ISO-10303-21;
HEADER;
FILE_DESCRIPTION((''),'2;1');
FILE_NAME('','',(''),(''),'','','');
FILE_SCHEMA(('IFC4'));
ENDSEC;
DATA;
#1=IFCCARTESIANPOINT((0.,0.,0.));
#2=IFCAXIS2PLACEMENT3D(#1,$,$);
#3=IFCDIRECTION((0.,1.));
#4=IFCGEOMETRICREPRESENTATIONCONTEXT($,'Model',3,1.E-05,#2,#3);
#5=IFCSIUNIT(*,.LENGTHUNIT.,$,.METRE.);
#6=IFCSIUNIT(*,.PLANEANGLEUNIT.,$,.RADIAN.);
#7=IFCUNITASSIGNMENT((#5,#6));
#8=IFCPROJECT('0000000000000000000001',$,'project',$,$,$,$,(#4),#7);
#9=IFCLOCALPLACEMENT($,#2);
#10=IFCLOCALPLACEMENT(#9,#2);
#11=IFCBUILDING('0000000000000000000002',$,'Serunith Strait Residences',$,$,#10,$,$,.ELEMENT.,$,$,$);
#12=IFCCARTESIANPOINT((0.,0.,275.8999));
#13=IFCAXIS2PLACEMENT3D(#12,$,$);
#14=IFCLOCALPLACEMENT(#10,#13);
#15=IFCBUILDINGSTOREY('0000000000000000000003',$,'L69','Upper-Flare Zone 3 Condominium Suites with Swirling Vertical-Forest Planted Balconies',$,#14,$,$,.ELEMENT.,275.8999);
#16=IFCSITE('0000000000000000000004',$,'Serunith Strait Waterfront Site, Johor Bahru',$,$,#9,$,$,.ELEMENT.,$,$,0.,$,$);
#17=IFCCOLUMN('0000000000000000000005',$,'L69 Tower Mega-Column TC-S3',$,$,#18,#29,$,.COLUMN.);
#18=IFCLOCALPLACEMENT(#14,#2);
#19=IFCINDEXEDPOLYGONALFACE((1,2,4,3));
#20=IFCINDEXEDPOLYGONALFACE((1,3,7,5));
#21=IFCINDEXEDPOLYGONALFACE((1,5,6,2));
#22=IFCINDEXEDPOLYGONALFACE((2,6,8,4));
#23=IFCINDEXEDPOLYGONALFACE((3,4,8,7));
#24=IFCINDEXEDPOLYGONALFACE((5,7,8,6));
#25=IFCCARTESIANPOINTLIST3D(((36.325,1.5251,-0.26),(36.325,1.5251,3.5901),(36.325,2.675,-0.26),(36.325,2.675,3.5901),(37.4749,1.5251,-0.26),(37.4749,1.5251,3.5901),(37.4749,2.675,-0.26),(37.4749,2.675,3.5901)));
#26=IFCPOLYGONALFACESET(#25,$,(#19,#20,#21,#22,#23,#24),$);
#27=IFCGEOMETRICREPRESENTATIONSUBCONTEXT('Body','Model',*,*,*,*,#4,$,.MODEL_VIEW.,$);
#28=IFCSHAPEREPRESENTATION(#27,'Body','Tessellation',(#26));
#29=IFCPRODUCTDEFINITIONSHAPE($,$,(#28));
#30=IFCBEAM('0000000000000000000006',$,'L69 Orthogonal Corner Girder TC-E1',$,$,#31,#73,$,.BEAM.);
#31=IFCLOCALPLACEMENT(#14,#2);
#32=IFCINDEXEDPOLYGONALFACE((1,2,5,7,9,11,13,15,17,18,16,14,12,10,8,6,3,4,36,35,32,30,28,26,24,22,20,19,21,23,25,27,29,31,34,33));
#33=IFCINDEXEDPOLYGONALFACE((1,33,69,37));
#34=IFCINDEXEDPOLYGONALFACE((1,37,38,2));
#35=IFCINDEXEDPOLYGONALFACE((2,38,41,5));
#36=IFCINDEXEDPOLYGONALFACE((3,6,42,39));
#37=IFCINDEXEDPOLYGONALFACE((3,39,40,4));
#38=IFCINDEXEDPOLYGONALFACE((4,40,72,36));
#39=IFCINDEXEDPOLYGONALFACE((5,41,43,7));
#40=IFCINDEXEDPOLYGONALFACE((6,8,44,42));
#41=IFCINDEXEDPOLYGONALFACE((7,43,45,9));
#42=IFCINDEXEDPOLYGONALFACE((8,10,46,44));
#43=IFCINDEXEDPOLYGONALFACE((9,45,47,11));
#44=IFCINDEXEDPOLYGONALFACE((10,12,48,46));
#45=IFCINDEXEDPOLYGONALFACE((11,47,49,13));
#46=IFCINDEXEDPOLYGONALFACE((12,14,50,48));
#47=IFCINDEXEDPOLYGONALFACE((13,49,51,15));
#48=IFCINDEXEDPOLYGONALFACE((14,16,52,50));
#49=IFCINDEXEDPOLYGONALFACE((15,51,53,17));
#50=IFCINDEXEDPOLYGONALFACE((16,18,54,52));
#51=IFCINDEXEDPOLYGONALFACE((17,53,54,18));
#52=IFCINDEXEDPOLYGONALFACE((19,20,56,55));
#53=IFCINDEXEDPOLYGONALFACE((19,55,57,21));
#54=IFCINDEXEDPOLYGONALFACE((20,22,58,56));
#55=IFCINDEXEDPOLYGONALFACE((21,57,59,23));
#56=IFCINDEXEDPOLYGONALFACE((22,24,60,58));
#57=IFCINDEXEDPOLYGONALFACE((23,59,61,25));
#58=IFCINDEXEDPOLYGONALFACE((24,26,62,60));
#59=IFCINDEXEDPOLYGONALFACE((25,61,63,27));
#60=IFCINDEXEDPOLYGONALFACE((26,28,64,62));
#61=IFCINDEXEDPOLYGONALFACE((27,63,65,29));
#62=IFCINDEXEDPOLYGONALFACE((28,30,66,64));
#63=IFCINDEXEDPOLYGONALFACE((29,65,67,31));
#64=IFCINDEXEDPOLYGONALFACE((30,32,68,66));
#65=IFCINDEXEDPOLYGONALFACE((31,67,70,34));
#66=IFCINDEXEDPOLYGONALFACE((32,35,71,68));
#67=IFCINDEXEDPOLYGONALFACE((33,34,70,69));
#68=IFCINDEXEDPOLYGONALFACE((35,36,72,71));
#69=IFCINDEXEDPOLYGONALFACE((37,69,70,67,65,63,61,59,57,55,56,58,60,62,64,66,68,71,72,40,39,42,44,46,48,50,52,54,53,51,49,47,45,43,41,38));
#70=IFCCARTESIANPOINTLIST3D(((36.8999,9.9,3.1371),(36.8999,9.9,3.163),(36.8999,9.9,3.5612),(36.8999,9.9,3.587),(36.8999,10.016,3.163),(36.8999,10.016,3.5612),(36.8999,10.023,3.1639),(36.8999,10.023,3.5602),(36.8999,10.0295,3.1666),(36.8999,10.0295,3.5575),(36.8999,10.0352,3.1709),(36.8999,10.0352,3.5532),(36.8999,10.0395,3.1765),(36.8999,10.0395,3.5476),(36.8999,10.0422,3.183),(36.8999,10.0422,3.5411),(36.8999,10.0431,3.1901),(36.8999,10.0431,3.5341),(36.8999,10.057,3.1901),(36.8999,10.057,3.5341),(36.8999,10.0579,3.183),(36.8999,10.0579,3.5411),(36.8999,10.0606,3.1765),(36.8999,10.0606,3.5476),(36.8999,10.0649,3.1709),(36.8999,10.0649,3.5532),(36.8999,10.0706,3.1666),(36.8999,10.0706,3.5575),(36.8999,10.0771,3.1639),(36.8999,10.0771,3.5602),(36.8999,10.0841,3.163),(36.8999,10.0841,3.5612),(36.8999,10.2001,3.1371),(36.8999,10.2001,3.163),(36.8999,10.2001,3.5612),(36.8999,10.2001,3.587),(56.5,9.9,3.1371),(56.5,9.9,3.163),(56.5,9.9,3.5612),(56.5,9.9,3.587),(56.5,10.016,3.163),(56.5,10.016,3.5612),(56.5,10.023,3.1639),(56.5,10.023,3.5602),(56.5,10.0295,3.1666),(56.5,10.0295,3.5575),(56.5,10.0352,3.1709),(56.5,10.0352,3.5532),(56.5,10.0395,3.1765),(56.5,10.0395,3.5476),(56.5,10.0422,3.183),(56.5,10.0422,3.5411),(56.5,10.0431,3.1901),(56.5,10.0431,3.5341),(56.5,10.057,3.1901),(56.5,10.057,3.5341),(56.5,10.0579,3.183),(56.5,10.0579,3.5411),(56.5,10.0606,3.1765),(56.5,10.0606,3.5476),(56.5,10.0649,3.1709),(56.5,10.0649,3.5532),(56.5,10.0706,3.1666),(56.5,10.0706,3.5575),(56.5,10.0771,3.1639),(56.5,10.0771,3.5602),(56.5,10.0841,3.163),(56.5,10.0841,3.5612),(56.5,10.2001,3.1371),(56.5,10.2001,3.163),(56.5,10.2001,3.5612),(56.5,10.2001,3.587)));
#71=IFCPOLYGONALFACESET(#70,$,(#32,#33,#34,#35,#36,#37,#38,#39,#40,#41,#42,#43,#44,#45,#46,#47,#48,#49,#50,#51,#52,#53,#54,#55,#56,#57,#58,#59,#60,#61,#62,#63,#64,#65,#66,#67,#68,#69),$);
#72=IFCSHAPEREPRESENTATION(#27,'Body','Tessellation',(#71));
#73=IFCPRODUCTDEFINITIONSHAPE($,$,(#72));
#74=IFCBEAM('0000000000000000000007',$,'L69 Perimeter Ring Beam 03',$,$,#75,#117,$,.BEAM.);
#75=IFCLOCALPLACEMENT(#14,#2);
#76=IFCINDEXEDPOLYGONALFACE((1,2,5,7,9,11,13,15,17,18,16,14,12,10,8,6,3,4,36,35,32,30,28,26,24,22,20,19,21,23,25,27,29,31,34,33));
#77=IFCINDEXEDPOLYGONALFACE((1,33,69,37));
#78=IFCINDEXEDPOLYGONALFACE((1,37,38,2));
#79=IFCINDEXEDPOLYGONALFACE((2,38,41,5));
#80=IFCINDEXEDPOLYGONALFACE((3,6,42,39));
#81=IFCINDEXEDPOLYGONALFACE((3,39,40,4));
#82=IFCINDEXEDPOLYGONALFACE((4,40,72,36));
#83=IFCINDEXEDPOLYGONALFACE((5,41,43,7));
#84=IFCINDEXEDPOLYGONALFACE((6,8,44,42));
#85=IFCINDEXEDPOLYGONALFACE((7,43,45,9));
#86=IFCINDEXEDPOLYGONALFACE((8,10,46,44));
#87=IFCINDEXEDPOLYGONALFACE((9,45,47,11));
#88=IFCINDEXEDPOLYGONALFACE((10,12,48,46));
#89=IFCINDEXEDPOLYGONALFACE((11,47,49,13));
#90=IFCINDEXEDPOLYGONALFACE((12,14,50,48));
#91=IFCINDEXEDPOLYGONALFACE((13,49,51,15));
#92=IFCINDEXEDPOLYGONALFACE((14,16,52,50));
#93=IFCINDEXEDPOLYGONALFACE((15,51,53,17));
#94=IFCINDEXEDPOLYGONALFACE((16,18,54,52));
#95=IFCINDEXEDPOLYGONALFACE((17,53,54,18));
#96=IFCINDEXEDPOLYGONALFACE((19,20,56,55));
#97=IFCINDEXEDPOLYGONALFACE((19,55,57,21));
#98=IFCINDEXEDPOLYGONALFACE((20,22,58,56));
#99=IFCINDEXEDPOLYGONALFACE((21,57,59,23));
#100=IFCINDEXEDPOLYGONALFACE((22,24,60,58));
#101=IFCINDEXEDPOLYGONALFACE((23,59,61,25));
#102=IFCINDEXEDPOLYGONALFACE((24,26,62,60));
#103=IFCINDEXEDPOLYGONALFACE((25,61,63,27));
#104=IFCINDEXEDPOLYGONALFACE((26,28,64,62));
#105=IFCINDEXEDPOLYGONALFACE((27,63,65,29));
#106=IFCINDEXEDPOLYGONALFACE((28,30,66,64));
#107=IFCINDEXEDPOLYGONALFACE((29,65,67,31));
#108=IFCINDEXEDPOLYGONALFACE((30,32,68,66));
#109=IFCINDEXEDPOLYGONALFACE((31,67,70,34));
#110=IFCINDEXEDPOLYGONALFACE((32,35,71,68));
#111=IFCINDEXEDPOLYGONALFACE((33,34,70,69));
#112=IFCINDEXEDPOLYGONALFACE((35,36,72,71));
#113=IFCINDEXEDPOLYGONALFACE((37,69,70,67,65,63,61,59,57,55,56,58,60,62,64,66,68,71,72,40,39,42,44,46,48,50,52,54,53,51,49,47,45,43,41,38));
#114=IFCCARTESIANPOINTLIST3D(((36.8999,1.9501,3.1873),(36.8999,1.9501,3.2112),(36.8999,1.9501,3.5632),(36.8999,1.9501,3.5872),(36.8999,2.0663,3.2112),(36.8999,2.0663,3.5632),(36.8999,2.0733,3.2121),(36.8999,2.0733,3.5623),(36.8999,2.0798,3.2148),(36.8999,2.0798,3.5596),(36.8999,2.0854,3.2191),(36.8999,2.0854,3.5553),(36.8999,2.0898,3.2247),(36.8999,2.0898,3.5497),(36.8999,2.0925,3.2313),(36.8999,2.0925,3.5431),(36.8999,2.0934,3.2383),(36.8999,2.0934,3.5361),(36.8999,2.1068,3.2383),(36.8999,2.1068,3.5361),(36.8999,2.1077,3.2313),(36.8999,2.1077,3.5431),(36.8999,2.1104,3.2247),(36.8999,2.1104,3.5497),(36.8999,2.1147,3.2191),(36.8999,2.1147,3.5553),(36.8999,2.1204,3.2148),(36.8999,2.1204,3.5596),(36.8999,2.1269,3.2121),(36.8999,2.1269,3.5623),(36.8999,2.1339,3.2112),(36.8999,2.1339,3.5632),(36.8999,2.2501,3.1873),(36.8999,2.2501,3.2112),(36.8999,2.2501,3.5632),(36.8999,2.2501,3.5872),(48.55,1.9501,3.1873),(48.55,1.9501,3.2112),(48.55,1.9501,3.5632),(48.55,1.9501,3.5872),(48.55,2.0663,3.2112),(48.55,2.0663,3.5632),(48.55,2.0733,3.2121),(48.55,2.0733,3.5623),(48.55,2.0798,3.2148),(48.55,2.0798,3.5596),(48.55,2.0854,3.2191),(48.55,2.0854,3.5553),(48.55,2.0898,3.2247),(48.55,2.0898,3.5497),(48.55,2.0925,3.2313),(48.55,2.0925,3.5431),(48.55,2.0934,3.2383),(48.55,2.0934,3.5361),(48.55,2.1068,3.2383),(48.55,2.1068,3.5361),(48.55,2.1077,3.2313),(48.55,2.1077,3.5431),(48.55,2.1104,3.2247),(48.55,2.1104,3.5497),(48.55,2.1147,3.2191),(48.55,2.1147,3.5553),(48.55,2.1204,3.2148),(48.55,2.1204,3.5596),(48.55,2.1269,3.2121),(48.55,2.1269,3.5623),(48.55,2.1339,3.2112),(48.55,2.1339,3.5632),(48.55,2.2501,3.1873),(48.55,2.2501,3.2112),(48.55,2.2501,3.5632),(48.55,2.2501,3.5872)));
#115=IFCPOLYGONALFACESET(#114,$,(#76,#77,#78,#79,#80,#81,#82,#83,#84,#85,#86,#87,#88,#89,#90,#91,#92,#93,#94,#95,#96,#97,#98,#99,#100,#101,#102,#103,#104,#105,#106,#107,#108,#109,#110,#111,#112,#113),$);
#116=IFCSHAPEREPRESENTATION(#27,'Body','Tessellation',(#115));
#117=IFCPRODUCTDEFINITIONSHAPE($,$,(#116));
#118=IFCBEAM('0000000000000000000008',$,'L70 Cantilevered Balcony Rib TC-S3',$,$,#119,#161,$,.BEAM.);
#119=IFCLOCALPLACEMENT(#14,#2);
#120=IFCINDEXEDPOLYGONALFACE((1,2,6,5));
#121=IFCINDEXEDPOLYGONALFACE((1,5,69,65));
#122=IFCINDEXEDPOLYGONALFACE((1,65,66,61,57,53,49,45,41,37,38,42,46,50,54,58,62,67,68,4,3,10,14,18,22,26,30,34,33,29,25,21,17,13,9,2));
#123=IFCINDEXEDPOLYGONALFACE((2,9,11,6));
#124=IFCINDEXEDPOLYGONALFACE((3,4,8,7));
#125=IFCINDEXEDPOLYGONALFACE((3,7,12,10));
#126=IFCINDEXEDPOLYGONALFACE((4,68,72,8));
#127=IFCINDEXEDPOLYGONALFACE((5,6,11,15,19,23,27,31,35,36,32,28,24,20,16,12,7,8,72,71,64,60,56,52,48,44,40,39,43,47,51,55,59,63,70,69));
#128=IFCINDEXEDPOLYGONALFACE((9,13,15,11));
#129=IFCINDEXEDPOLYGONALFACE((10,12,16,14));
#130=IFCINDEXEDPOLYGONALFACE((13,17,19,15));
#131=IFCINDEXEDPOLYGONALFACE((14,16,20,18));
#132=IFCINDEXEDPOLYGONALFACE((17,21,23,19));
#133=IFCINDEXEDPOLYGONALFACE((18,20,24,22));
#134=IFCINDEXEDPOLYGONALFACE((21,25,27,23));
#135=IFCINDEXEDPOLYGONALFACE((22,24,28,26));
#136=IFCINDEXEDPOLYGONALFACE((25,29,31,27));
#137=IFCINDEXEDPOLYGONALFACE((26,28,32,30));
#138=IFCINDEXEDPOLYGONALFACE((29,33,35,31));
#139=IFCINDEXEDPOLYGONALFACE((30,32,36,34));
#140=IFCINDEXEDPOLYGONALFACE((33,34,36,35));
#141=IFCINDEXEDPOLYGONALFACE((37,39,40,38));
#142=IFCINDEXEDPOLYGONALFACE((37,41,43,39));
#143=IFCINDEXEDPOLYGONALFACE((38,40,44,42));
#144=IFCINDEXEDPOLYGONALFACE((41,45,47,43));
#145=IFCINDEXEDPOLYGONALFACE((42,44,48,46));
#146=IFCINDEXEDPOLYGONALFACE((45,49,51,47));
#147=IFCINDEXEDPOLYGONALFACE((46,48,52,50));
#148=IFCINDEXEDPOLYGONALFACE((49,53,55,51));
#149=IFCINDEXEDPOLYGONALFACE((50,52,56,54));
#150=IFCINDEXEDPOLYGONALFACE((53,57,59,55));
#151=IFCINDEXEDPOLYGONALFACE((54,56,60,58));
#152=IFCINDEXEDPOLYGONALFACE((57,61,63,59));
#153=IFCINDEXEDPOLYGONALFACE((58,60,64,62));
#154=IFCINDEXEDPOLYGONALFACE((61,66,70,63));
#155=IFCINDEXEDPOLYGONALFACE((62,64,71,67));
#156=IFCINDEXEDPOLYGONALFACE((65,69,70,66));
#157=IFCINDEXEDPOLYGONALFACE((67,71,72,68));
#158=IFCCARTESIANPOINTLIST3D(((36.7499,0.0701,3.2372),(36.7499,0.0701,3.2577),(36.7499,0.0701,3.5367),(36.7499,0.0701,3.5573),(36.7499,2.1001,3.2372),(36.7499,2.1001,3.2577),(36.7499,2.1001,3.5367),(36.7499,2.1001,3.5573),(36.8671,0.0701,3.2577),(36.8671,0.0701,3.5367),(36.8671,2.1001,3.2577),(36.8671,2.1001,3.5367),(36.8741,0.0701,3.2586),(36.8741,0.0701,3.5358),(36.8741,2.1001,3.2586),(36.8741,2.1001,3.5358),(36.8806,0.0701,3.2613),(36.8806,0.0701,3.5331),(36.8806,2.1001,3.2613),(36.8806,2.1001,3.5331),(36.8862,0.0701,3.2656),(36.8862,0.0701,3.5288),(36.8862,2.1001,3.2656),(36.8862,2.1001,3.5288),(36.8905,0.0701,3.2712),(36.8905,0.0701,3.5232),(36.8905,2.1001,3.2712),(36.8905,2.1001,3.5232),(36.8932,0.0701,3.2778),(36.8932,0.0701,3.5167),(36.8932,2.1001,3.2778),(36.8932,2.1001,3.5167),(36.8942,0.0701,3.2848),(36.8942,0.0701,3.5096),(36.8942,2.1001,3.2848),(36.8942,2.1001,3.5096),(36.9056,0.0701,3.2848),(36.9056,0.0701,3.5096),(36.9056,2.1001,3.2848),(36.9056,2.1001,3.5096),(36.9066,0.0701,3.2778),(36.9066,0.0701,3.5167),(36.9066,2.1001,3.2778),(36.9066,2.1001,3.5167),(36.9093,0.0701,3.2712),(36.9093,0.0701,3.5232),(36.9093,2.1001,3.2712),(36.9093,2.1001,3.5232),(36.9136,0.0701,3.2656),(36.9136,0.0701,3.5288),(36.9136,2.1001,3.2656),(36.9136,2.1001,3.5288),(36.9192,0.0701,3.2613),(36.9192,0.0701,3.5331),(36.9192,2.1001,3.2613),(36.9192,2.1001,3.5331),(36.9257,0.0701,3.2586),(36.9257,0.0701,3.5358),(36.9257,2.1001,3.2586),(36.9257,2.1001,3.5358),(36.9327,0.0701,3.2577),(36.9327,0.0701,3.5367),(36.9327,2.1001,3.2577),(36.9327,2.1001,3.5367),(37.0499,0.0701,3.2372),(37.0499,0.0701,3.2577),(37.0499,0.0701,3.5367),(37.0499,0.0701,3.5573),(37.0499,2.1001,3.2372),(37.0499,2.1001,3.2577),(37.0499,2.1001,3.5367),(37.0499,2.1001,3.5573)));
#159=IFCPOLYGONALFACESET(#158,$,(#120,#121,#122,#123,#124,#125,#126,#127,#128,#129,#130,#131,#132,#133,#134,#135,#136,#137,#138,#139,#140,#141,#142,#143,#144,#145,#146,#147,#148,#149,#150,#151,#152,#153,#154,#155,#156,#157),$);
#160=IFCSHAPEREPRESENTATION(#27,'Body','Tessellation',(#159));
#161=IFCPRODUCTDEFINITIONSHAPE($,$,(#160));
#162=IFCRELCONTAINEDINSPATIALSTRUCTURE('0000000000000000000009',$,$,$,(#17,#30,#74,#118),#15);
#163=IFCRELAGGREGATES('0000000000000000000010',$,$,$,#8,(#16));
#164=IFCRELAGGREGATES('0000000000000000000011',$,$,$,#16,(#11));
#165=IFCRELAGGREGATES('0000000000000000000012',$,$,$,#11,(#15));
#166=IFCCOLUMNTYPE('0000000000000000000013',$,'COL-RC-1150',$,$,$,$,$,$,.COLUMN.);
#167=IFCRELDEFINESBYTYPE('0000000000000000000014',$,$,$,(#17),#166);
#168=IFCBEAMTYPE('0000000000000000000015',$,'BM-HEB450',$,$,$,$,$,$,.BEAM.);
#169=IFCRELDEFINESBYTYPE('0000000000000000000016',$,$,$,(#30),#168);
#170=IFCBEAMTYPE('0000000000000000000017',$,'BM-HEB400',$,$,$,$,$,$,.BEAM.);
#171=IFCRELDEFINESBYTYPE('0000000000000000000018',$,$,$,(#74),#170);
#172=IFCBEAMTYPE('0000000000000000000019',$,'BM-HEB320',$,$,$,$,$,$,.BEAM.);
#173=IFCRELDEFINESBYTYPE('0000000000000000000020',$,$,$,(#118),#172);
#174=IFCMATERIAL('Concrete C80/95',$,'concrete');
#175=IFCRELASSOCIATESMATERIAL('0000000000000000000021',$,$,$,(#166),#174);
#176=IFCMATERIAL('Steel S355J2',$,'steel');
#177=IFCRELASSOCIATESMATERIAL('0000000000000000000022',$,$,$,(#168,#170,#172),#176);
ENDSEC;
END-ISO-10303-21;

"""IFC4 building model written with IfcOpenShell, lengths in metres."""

from ifc_helpers import new_model, si_unit, direction, frame, origin, origin_2d, place, context, subcontext, project, spatial, rectangle, i_section, extrude, source, transform, mapped, material, material_profile, profile_set, type_object, element, save


model = new_model("IFC4")

# Units and contexts
model_context = context("Model", 3, precision=1e-05, world=origin(), true_north=direction((0.0, 1.0)))
body_context = subcontext(model_context, "Body", "Model", "MODEL_VIEW")
ifc_project = project(units=[si_unit("LENGTHUNIT", "METRE"), si_unit("PLANEANGLEUNIT", "RADIAN")], contexts=[model_context])

# Site, building, storey
site_placement = place(None, origin())
site = spatial("IfcSite", under=ifc_project, at=site_placement, Name="Serunith Strait Waterfront Site, Johor Bahru", CompositionType="ELEMENT", RefElevation=0.0)
building_placement = place(site_placement, origin())
building = spatial("IfcBuilding", under=site, at=building_placement, Name="Serunith Strait Residences", CompositionType="ELEMENT")
storey_placement = place(building_placement, frame((0.0, 0.0, 275.8999)))
storey = spatial("IfcBuildingStorey", under=building, at=storey_placement, Name="L69", Description="Upper-Flare Zone 3 Condominium Suites with Swirling Vertical-Forest Planted Balconies", CompositionType="ELEMENT", Elevation=275.8999)

# Column
ifc_material_1 = material(Name="Concrete C80/95", Category="concrete")
ifc_material_profile_1 = material_profile(ifc_material_1, rectangle(XDim=1.1499, YDim=1.1499, at=origin_2d()), Name="RC 1150x1150")
ifc_profile_set_1 = profile_set([ifc_material_profile_1], Name="Concrete C80/95")
column_type = type_object("IfcColumnType", Name="COL-RC-1150", PredefinedType="COLUMN", material=ifc_profile_set_1)
shared_shape_1 = source(origin(), body_context, "Body", "SweptSolid", [
    extrude(rectangle(XDim=1.1499, YDim=1.1499, at=origin_2d()), origin(), (0.0, 0.0, 1.0), 3.8501),
])
column_placement = place(storey_placement, frame((36.8999, 2.1001, -0.26), z_axis=(0.0, 0.0, 1.0), x_axis=(1.0, 0.0, 0.0)))
element("IfcColumn", 1, at=column_placement, inside=storey, type_object=column_type, Name="L69 Tower Mega-Column TC-S3", PredefinedType="COLUMN", context=body_context, shape_type="MappedRepresentation", body=[
    mapped(shared_shape_1, transform((0.0, 0.0, 0.0), scale=1.0)),
])

# Beams
ifc_material_2 = material(Name="Steel S355J2", Category="steel")
ifc_material_profile_2 = material_profile(ifc_material_2, i_section(OverallWidth=0.3, OverallDepth=0.45, WebThickness=0.0139, FlangeThickness=0.0259, FilletRadius=0.0271, at=origin_2d()), Name="HEB 450")
ifc_profile_set_2 = profile_set([ifc_material_profile_2], Name="Steel S355J2")
beam_type_1 = type_object("IfcBeamType", Name="BM-HEB450", PredefinedType="BEAM", material=ifc_profile_set_2)
shared_shape_2 = source(origin(), body_context, "Body", "SweptSolid", [
    extrude(i_section(OverallWidth=0.3, OverallDepth=0.45, WebThickness=0.0139, FlangeThickness=0.0259, FilletRadius=0.0271, at=origin_2d()), origin(), (0.0, 0.0, 1.0), 19.6001),
])
beam_1_placement = place(storey_placement, frame((36.8999, 10.05, 3.3621), z_axis=(1.0, 0.0, 0.0), x_axis=(0.0, 1.0, 0.0)))
element("IfcBeam", 2, at=beam_1_placement, inside=storey, type_object=beam_type_1, Name="L69 Orthogonal Corner Girder TC-E1", PredefinedType="BEAM", context=body_context, shape_type="MappedRepresentation", body=[
    mapped(shared_shape_2, transform((0.0, 0.0, 0.0), scale=1.0)),
])
ifc_material_profile_3 = material_profile(ifc_material_2, i_section(OverallWidth=0.3, OverallDepth=0.3999, WebThickness=0.0134, FlangeThickness=0.0239, FilletRadius=0.0271, at=origin_2d()), Name="HEB 400")
ifc_profile_set_3 = profile_set([ifc_material_profile_3], Name="Steel S355J2")
beam_type_2 = type_object("IfcBeamType", Name="BM-HEB400", PredefinedType="BEAM", material=ifc_profile_set_3)
shared_shape_3 = source(origin(), body_context, "Body", "SweptSolid", [
    extrude(i_section(OverallWidth=0.3, OverallDepth=0.3999, WebThickness=0.0134, FlangeThickness=0.0239, FilletRadius=0.0271, at=origin_2d()), origin(), (0.0, 0.0, 1.0), 11.6501),
])
beam_2_placement = place(storey_placement, frame((36.8999, 2.1001, 3.3872), z_axis=(1.0, 0.0, 0.0), x_axis=(0.0, 1.0, 0.0)))
element("IfcBeam", 3, at=beam_2_placement, inside=storey, type_object=beam_type_2, Name="L69 Perimeter Ring Beam 03", PredefinedType="BEAM", context=body_context, shape_type="MappedRepresentation", body=[
    mapped(shared_shape_3, transform((0.0, 0.0, 0.0), scale=1.0)),
])
ifc_material_profile_4 = material_profile(ifc_material_2, i_section(OverallWidth=0.3, OverallDepth=0.3201, WebThickness=0.0115, FlangeThickness=0.0205, FilletRadius=0.0271, at=origin_2d()), Name="HEB 320")
ifc_profile_set_4 = profile_set([ifc_material_profile_4], Name="Steel S355J2")
beam_type_3 = type_object("IfcBeamType", Name="BM-HEB320", PredefinedType="BEAM", material=ifc_profile_set_4)
shared_shape_4 = source(origin(), body_context, "Body", "SweptSolid", [
    extrude(i_section(OverallWidth=0.3, OverallDepth=0.3201, WebThickness=0.0115, FlangeThickness=0.0205, FilletRadius=0.0271, at=origin_2d()), origin(), (0.0, 0.0, 1.0), 2.03),
])
beam_3_placement = place(storey_placement, frame((36.8999, 2.1001, 3.3972), z_axis=(0.0, -1.0, 0.0), x_axis=(1.0, 0.0, 0.0)))
element("IfcBeam", 4, at=beam_3_placement, inside=storey, type_object=beam_type_3, Name="L70 Cantilevered Balcony Rib TC-S3", PredefinedType="BEAM", context=body_context, shape_type="MappedRepresentation", body=[
    mapped(shared_shape_4, transform((0.0, 0.0, 0.0), scale=1.0)),
])

save(model, "model.ifc")
